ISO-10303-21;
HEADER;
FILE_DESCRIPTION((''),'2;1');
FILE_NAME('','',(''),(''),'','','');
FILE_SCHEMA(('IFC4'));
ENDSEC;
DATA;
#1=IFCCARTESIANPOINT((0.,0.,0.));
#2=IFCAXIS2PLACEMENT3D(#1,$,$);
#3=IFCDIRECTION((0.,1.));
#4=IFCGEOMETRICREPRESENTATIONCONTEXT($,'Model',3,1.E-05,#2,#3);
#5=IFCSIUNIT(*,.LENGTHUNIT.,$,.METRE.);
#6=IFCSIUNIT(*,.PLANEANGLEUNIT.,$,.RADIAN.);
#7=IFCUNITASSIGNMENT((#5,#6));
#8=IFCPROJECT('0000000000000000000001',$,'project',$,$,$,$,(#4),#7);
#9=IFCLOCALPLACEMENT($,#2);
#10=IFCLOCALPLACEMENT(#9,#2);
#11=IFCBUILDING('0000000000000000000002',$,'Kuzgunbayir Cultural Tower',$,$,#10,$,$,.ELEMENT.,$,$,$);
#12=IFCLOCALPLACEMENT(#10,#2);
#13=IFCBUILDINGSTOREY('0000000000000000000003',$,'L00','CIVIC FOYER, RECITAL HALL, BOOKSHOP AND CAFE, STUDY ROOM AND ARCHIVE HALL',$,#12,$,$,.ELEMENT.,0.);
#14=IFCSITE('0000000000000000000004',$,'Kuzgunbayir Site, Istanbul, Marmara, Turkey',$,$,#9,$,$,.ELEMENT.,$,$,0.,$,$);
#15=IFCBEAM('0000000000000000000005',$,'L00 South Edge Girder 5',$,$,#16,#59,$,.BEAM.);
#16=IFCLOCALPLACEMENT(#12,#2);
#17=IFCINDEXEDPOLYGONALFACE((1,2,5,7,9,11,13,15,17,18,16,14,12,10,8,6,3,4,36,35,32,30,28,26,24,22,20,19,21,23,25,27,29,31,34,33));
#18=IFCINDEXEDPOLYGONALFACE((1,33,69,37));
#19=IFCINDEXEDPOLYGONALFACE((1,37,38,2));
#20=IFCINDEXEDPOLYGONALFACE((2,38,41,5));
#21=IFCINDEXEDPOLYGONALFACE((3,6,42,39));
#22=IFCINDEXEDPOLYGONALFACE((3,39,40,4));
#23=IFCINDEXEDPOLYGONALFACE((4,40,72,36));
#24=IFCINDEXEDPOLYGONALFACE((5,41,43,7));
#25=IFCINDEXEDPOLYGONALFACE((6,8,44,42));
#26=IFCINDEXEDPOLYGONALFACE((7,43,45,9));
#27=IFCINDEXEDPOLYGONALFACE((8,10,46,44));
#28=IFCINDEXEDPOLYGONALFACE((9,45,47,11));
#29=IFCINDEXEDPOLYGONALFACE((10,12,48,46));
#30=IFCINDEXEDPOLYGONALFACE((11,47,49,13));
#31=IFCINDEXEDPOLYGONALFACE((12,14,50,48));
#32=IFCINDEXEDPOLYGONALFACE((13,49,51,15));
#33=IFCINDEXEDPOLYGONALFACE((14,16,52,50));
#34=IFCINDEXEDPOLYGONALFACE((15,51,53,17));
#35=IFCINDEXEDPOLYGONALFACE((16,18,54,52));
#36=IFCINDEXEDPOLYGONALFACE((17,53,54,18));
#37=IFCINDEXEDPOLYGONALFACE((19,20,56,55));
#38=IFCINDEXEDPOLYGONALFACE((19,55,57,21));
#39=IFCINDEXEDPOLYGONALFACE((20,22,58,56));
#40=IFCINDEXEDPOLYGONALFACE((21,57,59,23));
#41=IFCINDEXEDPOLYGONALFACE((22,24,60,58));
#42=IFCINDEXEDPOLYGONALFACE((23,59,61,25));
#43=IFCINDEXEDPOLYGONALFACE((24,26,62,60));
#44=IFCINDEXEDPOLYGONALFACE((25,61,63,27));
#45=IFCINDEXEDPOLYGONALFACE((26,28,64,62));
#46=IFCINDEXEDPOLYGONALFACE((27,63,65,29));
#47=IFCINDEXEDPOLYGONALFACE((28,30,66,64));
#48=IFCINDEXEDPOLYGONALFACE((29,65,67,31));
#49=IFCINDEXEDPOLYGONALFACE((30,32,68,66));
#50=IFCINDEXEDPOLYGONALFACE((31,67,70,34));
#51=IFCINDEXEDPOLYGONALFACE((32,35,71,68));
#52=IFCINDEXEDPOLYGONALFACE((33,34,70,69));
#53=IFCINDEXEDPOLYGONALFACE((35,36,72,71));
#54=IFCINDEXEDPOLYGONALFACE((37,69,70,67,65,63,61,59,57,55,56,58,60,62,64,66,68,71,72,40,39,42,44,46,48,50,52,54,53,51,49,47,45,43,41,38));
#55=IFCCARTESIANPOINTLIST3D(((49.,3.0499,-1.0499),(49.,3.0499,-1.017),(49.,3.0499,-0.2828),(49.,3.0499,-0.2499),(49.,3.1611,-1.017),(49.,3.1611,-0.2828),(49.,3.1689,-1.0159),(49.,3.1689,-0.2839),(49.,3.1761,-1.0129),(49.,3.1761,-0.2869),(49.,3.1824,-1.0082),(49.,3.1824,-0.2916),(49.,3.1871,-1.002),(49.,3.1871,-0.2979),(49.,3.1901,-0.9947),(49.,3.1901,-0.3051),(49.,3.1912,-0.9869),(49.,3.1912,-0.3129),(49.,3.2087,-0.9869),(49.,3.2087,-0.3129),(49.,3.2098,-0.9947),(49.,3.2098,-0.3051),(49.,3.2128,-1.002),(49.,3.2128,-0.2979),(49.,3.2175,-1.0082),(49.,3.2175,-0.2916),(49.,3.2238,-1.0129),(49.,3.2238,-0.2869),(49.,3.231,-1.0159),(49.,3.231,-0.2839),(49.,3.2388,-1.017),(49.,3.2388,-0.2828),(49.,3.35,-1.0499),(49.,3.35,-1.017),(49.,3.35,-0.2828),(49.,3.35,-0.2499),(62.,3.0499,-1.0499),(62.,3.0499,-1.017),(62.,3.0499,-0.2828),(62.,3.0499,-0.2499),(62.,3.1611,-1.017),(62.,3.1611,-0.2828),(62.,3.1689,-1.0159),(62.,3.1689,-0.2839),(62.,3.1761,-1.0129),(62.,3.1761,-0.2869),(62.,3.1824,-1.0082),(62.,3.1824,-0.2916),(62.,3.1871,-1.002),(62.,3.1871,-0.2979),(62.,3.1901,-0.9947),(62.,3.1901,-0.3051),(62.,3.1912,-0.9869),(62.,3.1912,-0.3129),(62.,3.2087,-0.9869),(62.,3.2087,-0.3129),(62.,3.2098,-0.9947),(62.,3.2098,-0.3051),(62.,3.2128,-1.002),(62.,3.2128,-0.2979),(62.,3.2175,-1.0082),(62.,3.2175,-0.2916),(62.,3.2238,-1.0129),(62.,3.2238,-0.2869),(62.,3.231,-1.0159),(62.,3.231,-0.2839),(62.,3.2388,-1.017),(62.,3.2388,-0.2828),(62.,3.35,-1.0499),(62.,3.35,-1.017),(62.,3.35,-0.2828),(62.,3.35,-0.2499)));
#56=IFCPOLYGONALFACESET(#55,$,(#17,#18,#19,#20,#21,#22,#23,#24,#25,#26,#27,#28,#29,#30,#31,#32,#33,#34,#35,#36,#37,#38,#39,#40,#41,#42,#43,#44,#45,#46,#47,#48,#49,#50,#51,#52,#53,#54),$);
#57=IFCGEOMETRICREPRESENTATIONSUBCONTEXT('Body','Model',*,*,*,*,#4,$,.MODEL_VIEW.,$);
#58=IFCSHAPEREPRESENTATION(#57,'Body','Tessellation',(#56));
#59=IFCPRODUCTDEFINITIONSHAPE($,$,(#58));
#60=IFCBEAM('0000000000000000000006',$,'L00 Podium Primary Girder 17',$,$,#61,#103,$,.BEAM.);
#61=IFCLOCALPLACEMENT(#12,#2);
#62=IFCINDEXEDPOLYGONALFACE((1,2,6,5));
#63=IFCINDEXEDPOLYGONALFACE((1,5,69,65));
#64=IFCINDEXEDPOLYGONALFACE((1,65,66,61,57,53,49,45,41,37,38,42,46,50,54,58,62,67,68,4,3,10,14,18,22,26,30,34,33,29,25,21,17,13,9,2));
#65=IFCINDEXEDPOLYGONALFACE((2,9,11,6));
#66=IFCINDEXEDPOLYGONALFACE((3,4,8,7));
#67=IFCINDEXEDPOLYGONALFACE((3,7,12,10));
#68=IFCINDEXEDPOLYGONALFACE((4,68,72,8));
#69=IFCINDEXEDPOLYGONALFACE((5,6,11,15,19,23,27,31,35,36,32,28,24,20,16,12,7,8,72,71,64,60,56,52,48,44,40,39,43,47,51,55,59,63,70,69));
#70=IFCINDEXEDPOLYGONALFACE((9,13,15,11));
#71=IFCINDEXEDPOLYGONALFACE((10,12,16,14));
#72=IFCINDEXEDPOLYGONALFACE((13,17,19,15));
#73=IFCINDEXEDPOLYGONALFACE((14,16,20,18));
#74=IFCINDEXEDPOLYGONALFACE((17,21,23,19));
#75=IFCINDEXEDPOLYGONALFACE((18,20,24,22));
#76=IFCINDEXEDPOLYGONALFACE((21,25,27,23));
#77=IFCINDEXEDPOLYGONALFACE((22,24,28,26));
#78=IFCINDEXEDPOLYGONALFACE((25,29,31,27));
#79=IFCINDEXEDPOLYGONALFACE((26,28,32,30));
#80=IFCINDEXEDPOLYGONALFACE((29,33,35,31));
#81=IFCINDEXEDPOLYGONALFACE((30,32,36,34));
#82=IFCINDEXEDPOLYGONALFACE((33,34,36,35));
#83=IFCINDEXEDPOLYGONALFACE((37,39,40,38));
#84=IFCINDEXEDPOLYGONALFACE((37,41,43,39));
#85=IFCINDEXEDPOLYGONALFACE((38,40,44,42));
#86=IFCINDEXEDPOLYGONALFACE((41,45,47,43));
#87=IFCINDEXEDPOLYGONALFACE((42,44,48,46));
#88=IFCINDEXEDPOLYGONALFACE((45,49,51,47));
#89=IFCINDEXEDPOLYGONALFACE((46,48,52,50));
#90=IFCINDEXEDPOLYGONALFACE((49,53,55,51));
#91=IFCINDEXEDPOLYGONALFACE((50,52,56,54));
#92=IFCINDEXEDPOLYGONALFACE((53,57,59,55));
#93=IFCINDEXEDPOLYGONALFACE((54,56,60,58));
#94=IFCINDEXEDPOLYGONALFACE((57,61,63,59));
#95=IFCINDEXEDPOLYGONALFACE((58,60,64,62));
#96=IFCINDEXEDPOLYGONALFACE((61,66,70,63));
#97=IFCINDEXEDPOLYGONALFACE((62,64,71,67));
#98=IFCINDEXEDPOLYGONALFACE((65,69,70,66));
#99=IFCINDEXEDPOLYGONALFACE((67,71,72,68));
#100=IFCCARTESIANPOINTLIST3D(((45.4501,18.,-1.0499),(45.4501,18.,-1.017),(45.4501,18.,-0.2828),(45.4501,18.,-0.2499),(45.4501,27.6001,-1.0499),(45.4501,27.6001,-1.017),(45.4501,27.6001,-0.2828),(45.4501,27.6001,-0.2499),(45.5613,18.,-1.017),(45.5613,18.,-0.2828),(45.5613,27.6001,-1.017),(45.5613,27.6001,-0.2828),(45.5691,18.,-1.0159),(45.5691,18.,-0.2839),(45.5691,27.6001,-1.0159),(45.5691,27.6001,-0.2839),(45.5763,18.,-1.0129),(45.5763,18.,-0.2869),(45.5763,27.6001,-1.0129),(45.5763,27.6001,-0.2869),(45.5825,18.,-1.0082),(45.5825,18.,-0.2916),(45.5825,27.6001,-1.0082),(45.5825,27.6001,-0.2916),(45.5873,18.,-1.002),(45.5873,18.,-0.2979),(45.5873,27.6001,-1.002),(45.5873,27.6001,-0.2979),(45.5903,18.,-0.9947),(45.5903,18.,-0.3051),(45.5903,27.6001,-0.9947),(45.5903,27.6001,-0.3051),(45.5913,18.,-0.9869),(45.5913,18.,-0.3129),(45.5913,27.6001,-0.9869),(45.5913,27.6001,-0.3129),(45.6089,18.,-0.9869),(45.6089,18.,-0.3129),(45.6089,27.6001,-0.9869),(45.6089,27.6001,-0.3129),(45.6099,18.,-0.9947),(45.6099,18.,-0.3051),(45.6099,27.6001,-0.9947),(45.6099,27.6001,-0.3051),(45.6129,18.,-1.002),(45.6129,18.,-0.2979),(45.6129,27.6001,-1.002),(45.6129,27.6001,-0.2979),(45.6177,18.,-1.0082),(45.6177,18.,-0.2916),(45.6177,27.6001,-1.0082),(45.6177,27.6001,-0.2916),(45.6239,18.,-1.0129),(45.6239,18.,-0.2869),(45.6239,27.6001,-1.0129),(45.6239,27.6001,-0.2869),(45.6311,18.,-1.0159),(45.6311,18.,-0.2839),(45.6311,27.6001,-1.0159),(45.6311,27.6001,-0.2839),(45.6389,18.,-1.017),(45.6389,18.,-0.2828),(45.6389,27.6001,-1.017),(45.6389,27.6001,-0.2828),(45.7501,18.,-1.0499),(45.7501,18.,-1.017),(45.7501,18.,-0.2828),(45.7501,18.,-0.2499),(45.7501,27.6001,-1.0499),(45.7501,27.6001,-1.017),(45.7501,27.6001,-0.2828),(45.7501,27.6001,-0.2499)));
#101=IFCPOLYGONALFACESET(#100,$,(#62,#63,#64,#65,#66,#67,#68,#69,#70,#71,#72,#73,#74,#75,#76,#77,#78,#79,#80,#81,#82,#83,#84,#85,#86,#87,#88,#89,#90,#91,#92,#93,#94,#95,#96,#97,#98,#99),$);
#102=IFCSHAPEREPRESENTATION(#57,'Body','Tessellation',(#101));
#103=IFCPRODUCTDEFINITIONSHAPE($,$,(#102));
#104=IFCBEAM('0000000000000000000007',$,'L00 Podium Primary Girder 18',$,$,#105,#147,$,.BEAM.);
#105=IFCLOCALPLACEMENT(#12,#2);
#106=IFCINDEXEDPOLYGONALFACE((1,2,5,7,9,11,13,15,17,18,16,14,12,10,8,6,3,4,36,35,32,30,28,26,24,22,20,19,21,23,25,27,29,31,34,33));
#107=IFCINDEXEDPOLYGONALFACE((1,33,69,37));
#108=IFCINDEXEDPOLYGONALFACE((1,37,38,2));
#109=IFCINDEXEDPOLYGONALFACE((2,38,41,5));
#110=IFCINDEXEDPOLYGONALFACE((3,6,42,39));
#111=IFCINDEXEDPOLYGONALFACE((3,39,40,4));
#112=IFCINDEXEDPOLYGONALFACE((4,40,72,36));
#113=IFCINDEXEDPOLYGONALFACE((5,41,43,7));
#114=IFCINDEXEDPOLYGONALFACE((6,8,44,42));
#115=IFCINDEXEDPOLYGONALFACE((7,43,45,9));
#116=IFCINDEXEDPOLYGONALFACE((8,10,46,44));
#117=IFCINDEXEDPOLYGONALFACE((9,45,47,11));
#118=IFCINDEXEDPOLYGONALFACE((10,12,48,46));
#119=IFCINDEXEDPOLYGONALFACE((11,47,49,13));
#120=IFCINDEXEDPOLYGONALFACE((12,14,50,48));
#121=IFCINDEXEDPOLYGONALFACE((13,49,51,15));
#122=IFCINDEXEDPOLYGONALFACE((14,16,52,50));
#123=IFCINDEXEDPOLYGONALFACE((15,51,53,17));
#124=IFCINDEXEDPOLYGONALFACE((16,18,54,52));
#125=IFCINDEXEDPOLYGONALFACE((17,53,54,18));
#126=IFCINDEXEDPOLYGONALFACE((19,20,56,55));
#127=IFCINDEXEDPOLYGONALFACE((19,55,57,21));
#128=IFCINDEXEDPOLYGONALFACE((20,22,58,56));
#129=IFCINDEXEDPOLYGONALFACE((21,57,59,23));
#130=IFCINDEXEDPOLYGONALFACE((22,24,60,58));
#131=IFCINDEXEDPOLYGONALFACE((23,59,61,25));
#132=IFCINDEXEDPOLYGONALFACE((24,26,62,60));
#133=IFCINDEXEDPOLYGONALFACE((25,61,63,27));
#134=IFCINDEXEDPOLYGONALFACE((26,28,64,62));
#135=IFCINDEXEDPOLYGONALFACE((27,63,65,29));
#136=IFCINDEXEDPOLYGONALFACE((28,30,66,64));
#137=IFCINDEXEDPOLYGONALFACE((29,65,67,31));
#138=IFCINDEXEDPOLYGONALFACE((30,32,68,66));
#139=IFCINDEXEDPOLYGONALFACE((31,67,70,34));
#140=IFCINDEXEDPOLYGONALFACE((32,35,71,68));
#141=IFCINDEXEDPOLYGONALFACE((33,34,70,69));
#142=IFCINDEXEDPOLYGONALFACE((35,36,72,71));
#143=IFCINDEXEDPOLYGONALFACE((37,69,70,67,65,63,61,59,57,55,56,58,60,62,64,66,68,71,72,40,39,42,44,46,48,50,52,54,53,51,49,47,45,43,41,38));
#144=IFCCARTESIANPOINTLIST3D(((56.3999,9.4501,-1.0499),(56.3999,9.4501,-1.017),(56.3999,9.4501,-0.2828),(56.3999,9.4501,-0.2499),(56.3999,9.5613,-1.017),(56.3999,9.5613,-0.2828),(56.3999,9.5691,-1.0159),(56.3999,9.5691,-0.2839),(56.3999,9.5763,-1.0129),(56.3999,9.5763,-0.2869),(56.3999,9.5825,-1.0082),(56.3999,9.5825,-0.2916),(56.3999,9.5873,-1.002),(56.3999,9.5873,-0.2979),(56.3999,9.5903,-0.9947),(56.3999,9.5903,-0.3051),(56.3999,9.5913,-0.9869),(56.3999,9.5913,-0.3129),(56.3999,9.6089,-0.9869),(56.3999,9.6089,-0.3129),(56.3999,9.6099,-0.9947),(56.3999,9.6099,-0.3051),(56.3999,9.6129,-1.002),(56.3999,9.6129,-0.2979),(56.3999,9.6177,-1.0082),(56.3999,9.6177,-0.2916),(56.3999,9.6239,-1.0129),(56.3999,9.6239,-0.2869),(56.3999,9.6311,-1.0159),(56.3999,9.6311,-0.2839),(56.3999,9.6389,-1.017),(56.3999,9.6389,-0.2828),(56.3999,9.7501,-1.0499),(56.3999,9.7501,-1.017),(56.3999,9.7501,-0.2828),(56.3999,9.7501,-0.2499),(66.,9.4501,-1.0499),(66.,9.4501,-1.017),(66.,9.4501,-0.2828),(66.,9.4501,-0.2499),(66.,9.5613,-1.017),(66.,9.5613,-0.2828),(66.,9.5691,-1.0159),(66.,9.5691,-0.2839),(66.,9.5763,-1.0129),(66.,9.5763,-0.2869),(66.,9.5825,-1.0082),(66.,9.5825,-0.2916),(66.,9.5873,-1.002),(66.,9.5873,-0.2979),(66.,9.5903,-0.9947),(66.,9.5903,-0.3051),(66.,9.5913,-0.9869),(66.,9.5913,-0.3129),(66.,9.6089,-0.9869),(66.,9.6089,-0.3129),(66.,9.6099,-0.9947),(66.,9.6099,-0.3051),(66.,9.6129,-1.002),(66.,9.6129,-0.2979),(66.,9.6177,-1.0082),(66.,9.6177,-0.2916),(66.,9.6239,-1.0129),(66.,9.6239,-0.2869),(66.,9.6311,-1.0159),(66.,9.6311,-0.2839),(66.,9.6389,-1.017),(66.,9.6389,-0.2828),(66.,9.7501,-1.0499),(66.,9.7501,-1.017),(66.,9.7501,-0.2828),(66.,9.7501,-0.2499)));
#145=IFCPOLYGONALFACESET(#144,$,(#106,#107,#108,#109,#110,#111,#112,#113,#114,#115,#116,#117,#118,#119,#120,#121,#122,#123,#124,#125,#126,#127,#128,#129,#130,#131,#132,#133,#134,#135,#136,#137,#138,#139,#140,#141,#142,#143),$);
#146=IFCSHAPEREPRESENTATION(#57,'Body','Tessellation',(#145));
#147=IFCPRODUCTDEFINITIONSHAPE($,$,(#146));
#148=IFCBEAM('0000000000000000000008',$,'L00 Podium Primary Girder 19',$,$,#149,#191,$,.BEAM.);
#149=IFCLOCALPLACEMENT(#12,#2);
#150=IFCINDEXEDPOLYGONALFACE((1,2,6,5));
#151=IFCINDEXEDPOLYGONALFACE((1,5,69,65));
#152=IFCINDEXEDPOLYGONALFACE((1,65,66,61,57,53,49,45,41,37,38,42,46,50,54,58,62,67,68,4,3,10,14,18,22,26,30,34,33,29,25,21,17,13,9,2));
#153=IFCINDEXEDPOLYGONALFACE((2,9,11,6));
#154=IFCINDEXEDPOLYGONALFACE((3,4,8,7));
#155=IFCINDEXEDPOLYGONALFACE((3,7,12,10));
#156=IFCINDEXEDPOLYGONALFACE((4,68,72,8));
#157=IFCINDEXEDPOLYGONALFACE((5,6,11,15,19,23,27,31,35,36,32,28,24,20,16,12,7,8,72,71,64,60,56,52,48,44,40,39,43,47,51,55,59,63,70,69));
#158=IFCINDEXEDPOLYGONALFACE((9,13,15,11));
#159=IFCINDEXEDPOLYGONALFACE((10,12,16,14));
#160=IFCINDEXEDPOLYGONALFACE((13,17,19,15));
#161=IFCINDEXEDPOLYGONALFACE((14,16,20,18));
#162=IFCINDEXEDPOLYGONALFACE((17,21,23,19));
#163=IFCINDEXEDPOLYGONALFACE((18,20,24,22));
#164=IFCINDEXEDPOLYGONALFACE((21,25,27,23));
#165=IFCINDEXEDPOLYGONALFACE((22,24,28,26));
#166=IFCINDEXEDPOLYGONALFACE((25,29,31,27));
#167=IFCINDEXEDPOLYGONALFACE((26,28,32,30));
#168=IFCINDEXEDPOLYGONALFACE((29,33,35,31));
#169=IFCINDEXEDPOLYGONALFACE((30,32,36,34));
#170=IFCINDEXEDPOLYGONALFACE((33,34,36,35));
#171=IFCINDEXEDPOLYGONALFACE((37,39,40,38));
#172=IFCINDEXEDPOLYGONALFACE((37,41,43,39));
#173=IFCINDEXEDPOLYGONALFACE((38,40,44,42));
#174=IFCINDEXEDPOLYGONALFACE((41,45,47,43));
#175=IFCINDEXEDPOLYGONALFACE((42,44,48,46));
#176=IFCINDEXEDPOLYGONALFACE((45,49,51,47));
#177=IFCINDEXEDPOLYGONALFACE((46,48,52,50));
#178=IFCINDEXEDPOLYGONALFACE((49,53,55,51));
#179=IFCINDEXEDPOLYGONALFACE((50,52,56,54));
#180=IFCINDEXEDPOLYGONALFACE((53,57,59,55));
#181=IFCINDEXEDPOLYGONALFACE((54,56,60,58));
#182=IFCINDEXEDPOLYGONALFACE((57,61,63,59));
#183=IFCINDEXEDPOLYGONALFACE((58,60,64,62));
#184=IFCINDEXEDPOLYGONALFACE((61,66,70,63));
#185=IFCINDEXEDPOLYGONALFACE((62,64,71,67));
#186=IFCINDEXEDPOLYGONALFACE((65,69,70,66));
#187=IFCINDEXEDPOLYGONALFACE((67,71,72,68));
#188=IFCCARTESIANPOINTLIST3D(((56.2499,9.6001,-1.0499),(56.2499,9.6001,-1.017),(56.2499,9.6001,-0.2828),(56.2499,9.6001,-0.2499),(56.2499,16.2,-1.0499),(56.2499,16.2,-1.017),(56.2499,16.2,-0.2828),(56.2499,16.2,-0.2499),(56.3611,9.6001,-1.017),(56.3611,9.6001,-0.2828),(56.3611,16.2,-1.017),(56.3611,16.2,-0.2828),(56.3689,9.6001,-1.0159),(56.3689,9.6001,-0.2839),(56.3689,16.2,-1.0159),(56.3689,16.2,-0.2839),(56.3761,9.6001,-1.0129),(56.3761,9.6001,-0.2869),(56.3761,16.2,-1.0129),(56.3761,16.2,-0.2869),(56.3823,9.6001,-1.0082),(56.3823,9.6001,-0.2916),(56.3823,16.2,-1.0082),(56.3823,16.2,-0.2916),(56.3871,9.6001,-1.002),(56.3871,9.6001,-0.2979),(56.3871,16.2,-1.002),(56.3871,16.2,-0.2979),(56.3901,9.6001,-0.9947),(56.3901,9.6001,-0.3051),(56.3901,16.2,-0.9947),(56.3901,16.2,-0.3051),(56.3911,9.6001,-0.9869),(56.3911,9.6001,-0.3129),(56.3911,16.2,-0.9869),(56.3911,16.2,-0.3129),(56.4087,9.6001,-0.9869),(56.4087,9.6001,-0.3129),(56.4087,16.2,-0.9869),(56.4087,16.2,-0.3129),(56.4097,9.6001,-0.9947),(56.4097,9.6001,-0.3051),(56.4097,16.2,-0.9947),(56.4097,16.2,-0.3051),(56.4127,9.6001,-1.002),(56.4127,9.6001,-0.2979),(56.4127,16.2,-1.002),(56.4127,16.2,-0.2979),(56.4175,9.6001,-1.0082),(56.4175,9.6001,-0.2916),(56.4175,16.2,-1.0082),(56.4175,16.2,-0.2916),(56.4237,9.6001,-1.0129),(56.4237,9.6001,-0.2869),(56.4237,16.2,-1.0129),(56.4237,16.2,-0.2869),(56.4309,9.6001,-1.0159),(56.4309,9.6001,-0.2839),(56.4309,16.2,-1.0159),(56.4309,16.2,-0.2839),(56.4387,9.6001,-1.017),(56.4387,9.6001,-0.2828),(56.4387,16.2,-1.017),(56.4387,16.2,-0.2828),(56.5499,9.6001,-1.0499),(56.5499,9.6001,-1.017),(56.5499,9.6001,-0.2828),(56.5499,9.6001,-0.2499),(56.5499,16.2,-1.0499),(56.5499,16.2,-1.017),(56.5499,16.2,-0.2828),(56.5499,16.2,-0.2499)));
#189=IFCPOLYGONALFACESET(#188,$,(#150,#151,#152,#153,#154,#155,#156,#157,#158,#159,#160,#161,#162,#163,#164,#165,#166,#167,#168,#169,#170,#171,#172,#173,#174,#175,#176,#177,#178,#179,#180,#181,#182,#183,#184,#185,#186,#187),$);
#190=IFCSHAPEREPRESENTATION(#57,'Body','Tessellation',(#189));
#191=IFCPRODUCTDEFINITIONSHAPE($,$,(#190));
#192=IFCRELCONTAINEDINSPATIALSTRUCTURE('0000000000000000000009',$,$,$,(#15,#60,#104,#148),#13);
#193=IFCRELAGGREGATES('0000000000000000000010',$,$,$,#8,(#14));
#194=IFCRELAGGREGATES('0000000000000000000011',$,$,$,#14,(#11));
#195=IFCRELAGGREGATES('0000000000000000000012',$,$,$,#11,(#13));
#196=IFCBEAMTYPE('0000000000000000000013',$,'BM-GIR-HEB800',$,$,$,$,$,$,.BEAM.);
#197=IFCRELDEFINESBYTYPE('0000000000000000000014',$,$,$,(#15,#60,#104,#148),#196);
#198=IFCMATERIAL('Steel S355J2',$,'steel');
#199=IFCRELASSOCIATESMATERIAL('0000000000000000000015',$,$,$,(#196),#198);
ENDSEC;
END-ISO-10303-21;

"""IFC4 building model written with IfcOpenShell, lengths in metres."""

from ifc_helpers import new_model, si_unit, direction, frame, origin, origin_2d, place, context, subcontext, project, spatial, i_section, extrude, material, material_profile, profile_set, type_object, element, save


model = new_model("IFC4")

# Units and contexts
model_context = context("Model", 3, precision=1e-05, world=origin(), true_north=direction((0.0, 1.0)))
body_context = subcontext(model_context, "Body", "Model", "MODEL_VIEW")
ifc_project = project(units=[si_unit("LENGTHUNIT", "METRE"), si_unit("PLANEANGLEUNIT", "RADIAN")], contexts=[model_context])

# Site, building, storey
site_placement = place(None, origin())
site = spatial("IfcSite", under=ifc_project, at=site_placement, Name="Kuzgunbayir Site, Istanbul, Marmara, Turkey", CompositionType="ELEMENT", RefElevation=0.0)
building_placement = place(site_placement, origin())
building = spatial("IfcBuilding", under=site, at=building_placement, Name="Kuzgunbayir Cultural Tower", CompositionType="ELEMENT")
storey_placement = place(building_placement, origin())
storey = spatial("IfcBuildingStorey", under=building, at=storey_placement, Name="L00", Description="CIVIC FOYER, RECITAL HALL, BOOKSHOP AND CAFE, STUDY ROOM AND ARCHIVE HALL", CompositionType="ELEMENT", Elevation=0.0)

# Beams
ifc_material_1 = material(Name="Steel S355J2", Category="steel")
ifc_material_profile_1 = material_profile(ifc_material_1, i_section(OverallWidth=0.3, OverallDepth=0.8, WebThickness=0.0176, FlangeThickness=0.033, FilletRadius=0.03, at=origin_2d()), Name="HEB 800")
ifc_profile_set_1 = profile_set([ifc_material_profile_1], Name="Steel S355J2")
beam_type = type_object("IfcBeamType", Name="BM-GIR-HEB800", PredefinedType="BEAM", material=ifc_profile_set_1)
beam_1_placement = place(storey_placement, frame((49.0, 3.2, -0.6499), z_axis=(1.0, 0.0, 0.0), x_axis=(0.0, 1.0, 0.0)))
element("IfcBeam", 1, at=beam_1_placement, inside=storey, type_object=beam_type, Name="L00 South Edge Girder 5", PredefinedType="BEAM", context=body_context, shape_type="SweptSolid", body=[
    extrude(i_section(OverallWidth=0.3, OverallDepth=0.8, WebThickness=0.0176, FlangeThickness=0.033, FilletRadius=0.03, at=origin_2d()), origin(), (0.0, 0.0, 1.0), 13.0),
])
for number, where, z_axis, x_axis, name in (
    (2, (45.6001, 18.0, -0.6499), (0.0, 1.0, 0.0), (-1.0, 0.0, 0.0), "L00 Podium Primary Girder 17"),
    (3, (56.3999, 9.6001, -0.6499), (1.0, 0.0, 0.0), (0.0, 1.0, 0.0), "L00 Podium Primary Girder 18"),
):
    element("IfcBeam", number, at=place(storey_placement, frame(where, z_axis=z_axis, x_axis=x_axis)), inside=storey, type_object=beam_type, Name=name, PredefinedType="BEAM", context=body_context, shape_type="SweptSolid", body=[
        extrude(i_section(OverallWidth=0.3, OverallDepth=0.8, WebThickness=0.0176, FlangeThickness=0.033, FilletRadius=0.03, at=origin_2d()), origin(), (0.0, 0.0, 1.0), 9.6001),
    ])
beam_2_placement = place(storey_placement, frame((56.3999, 9.6001, -0.6499), z_axis=(0.0, 1.0, 0.0), x_axis=(-1.0, 0.0, 0.0)))
element("IfcBeam", 4, at=beam_2_placement, inside=storey, type_object=beam_type, Name="L00 Podium Primary Girder 19", PredefinedType="BEAM", context=body_context, shape_type="SweptSolid", body=[
    extrude(i_section(OverallWidth=0.3, OverallDepth=0.8, WebThickness=0.0176, FlangeThickness=0.033, FilletRadius=0.03, at=origin_2d()), origin(), (0.0, 0.0, 1.0), 6.5999),
])

save(model, "model.ifc")
